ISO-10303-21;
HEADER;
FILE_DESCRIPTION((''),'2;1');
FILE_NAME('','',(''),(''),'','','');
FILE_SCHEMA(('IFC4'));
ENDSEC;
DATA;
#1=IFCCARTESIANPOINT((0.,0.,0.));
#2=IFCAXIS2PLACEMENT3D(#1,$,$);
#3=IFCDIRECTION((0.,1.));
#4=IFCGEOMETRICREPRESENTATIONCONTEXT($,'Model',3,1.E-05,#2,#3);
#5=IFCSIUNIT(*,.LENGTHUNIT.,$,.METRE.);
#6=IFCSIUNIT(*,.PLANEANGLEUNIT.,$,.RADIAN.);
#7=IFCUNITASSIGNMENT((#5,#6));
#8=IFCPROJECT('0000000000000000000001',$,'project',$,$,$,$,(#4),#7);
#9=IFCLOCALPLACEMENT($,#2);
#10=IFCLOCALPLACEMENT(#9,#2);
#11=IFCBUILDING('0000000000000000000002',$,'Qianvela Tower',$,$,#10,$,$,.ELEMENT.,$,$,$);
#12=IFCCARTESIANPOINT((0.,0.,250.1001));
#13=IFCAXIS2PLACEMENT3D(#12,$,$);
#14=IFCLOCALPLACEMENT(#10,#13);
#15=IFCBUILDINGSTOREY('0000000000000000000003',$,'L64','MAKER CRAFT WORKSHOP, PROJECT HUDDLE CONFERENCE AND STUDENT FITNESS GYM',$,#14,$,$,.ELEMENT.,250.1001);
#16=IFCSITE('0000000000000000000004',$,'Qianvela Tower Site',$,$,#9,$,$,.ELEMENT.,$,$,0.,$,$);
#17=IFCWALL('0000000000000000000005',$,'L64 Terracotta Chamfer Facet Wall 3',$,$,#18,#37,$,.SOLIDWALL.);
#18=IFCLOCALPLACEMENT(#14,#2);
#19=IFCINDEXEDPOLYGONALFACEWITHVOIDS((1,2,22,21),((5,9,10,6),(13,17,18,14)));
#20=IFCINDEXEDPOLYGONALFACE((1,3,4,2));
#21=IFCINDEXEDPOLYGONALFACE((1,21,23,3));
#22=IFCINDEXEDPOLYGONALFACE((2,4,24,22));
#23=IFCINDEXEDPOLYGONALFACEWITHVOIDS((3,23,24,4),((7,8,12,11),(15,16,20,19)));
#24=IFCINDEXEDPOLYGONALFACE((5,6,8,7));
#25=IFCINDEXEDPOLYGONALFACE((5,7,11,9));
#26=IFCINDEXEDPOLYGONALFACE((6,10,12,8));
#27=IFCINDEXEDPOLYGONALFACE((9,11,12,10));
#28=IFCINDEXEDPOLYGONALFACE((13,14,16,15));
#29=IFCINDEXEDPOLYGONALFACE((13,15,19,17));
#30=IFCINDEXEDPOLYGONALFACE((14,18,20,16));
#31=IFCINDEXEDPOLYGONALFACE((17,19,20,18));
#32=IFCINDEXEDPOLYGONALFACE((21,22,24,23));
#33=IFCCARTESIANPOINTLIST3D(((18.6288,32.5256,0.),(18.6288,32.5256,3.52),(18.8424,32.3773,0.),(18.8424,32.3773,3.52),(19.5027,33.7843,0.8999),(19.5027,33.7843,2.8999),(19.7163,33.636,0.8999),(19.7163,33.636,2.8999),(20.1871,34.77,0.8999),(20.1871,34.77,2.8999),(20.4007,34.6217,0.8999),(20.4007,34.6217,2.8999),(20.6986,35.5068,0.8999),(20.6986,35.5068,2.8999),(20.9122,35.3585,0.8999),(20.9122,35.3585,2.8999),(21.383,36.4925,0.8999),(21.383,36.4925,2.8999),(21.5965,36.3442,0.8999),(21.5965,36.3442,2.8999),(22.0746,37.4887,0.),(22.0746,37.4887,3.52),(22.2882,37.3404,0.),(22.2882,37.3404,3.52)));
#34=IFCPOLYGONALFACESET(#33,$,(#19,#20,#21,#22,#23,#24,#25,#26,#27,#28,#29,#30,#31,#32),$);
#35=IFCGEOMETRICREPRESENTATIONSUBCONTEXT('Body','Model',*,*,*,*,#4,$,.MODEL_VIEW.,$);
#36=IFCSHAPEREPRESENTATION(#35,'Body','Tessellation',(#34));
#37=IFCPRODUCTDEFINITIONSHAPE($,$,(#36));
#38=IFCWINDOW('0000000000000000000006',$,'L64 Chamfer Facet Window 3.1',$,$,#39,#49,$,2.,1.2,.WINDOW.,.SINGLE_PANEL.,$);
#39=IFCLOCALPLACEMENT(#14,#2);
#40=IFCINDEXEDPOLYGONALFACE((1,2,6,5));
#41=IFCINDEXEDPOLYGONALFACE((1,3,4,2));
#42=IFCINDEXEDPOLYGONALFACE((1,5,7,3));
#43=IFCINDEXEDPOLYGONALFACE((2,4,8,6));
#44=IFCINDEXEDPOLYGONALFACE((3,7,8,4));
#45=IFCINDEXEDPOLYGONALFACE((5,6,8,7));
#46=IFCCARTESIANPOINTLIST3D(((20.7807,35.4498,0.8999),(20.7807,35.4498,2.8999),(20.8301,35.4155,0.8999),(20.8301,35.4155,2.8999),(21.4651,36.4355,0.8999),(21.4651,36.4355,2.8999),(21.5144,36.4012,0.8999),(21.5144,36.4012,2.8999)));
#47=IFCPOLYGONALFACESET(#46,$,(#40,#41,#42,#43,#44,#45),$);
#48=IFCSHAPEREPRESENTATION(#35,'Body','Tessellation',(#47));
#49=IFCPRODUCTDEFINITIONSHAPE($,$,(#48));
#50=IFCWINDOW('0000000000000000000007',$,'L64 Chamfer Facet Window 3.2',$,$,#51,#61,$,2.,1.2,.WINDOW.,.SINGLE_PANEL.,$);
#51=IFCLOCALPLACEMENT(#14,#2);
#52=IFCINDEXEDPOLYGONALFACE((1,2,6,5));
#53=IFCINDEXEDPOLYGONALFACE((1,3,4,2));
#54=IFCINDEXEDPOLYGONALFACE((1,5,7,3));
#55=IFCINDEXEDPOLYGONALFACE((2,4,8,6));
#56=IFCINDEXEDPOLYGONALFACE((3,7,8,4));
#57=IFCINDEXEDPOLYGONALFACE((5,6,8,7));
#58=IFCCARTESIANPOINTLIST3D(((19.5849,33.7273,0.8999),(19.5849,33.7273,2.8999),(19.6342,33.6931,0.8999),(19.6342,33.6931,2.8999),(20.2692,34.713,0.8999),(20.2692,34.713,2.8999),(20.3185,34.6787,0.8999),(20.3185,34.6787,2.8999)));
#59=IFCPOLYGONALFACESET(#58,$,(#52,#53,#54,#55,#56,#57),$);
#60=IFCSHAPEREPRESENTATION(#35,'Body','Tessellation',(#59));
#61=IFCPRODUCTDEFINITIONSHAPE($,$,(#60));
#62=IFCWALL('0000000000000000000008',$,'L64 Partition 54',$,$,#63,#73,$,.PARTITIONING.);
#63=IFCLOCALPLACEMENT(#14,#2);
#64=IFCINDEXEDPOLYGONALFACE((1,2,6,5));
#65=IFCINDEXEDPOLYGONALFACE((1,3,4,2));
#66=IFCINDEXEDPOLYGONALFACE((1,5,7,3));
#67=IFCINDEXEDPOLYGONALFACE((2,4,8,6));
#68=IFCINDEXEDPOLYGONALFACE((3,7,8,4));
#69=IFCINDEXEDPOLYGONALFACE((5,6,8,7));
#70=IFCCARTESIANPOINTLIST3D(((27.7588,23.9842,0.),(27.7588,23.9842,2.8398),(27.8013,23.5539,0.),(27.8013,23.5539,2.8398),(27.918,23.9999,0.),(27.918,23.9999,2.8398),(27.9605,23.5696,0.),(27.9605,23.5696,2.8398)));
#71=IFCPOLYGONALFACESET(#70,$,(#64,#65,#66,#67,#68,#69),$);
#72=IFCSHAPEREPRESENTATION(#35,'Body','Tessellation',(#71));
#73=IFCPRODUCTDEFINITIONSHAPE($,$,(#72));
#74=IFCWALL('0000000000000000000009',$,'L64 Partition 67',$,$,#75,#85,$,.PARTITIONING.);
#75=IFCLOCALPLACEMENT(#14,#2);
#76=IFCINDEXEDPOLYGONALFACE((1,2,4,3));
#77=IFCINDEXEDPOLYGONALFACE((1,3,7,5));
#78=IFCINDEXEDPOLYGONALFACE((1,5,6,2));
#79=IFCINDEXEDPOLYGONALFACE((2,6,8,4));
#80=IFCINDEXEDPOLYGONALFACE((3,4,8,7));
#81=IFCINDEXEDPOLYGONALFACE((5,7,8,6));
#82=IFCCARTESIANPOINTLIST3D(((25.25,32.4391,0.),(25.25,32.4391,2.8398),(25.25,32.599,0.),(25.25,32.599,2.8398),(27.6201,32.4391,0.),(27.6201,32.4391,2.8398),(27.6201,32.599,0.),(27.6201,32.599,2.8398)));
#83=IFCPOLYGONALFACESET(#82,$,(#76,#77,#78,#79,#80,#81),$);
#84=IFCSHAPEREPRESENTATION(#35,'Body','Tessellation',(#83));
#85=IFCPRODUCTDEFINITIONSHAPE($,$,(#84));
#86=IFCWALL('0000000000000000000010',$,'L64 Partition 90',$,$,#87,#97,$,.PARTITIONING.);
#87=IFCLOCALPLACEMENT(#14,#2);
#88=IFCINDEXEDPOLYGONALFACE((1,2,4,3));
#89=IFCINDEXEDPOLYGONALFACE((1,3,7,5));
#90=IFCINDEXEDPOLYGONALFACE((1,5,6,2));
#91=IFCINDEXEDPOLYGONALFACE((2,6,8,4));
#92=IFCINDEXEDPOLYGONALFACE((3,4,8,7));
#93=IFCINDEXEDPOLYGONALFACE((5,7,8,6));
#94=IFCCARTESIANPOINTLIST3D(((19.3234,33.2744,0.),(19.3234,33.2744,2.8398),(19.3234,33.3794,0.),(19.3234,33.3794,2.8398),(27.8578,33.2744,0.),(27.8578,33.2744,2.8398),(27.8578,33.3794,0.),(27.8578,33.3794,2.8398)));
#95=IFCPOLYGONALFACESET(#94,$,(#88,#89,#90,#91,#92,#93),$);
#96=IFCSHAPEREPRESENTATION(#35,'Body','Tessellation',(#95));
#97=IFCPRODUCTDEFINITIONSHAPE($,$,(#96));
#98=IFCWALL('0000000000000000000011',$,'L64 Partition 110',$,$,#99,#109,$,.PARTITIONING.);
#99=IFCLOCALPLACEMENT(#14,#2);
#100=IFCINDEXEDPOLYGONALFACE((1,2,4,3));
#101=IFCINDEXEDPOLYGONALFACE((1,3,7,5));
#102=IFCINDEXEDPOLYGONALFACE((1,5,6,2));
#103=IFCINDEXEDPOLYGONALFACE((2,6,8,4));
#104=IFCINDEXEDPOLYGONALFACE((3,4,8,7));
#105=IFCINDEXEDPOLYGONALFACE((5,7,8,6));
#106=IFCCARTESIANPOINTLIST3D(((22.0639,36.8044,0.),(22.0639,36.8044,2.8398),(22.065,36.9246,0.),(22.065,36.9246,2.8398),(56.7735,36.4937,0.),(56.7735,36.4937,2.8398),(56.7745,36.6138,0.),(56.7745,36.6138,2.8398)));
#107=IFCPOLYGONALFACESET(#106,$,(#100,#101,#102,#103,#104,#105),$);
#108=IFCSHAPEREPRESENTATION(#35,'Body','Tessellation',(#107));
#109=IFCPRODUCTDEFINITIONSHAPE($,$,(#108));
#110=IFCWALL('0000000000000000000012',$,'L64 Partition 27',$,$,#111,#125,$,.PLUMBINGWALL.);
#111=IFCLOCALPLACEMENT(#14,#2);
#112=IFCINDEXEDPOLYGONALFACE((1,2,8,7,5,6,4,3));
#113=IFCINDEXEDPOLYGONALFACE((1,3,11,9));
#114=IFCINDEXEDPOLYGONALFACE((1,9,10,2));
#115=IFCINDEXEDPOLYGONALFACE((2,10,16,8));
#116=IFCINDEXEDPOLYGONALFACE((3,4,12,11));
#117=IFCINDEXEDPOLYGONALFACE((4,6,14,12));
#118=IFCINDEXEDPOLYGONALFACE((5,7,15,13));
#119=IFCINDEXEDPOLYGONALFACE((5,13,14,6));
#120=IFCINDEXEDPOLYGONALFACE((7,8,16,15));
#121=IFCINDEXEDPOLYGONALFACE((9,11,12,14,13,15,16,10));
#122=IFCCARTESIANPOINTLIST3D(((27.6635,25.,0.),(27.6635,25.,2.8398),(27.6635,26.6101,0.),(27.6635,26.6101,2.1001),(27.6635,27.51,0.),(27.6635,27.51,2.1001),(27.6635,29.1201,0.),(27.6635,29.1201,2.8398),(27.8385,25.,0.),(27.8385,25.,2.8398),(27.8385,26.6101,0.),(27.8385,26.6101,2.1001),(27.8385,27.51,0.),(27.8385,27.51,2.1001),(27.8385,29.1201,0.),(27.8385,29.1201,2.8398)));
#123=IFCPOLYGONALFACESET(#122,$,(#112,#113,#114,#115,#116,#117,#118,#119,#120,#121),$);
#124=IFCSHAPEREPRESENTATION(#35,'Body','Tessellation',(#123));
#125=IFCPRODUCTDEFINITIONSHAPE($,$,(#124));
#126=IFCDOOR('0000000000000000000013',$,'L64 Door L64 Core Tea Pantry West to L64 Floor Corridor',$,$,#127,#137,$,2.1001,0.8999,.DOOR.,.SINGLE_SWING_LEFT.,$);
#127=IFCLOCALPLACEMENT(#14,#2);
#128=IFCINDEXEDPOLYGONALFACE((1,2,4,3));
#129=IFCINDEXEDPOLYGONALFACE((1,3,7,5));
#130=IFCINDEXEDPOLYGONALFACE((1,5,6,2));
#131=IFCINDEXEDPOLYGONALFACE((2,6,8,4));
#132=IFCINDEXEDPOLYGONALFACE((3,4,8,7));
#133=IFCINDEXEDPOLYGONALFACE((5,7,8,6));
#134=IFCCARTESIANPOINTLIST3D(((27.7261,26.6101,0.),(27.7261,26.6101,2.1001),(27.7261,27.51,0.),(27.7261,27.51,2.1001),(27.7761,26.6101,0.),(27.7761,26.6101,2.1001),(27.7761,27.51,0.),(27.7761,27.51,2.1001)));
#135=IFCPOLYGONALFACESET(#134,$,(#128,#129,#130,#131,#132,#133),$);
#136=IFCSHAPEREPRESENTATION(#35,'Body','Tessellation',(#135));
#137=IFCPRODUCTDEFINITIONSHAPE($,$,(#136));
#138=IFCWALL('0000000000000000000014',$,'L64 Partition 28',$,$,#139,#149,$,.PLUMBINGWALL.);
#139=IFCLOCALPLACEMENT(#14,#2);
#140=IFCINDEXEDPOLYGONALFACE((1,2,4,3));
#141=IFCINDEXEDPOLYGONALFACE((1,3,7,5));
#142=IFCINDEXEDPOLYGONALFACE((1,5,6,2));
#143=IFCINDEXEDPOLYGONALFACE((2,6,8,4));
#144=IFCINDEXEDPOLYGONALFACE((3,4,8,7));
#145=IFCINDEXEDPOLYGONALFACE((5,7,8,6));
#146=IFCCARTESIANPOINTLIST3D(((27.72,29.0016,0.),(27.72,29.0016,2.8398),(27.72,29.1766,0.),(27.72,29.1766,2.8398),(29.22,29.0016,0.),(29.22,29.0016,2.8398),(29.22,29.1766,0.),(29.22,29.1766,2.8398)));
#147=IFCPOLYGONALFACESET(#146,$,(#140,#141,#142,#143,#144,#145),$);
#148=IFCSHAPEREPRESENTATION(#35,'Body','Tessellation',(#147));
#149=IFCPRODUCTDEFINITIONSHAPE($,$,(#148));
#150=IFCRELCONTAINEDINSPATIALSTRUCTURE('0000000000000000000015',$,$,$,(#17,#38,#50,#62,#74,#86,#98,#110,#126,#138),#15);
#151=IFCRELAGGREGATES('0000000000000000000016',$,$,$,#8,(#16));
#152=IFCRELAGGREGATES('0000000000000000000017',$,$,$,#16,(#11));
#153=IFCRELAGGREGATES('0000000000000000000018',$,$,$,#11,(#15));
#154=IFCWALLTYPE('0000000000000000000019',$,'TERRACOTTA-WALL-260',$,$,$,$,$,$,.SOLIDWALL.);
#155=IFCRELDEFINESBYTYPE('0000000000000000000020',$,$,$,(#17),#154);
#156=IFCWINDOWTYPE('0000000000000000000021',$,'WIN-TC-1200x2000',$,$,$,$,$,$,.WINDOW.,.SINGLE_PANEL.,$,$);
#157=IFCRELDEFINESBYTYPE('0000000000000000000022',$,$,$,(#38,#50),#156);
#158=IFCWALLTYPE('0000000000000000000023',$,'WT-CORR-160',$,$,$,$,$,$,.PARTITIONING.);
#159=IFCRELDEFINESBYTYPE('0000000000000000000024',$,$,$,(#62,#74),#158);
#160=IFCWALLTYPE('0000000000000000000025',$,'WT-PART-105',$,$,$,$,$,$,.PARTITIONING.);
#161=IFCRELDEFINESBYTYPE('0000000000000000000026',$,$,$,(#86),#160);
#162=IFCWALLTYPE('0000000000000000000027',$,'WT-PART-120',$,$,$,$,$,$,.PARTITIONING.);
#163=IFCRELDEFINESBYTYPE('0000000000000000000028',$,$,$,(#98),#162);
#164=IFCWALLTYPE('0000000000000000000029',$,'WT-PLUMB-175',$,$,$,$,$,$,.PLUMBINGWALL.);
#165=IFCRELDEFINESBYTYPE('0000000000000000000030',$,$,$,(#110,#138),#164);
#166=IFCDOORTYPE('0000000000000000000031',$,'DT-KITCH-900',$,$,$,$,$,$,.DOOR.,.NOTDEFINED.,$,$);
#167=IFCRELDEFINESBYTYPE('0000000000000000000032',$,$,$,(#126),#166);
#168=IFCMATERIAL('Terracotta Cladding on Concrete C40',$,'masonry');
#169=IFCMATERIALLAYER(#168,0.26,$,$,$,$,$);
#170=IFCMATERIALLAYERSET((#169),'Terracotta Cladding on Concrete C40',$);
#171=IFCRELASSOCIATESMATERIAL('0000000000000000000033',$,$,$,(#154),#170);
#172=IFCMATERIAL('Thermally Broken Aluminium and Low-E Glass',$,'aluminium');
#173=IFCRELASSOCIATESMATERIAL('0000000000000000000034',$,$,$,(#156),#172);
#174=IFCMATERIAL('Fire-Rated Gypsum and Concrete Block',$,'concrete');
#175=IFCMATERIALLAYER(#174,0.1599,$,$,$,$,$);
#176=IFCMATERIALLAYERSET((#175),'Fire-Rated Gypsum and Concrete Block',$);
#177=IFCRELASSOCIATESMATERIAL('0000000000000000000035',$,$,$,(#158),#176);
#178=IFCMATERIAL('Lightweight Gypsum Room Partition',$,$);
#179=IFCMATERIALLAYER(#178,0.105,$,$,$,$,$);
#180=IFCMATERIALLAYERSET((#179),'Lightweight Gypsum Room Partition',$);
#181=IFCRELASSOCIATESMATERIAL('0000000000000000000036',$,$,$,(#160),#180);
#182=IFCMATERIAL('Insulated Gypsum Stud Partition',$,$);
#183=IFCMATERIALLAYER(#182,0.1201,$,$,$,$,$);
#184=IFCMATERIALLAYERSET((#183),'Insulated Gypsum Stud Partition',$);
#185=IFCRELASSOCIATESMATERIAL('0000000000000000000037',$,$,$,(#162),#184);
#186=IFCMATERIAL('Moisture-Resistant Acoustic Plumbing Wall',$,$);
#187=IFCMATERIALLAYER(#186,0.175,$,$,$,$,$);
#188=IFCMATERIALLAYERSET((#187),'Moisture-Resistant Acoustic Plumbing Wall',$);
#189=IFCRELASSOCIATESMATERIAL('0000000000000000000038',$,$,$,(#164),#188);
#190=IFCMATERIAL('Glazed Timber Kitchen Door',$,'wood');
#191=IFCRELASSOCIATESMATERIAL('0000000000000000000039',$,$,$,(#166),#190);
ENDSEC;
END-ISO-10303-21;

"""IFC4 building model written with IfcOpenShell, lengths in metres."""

from ifc_helpers import new_model, si_unit, direction, frame, frame_2d, origin, place, context, subcontext, project, spatial, rectangle, extrude, material, layer, layer_set, type_object, element, fill, save


model = new_model("IFC4")

# Units and contexts
model_context = context("Model", 3, precision=1e-05, world=origin(), true_north=direction((0.0, 1.0)))
body_context = subcontext(model_context, "Body", "Model", "MODEL_VIEW")
ifc_project = project(units=[si_unit("LENGTHUNIT", "METRE"), si_unit("PLANEANGLEUNIT", "RADIAN")], contexts=[model_context])

# Site, building, storey
site_placement = place(None, origin())
site = spatial("IfcSite", under=ifc_project, at=site_placement, Name="Qianvela Tower Site", CompositionType="ELEMENT", RefElevation=0.0)
building_placement = place(site_placement, origin())
building = spatial("IfcBuilding", under=site, at=building_placement, Name="Qianvela Tower", CompositionType="ELEMENT")
storey_placement = place(building_placement, frame((0.0, 0.0, 250.1001)))
storey = spatial("IfcBuildingStorey", under=building, at=storey_placement, Name="L64", Description="MAKER CRAFT WORKSHOP, PROJECT HUDDLE CONFERENCE AND STUDENT FITNESS GYM", CompositionType="ELEMENT", Elevation=250.1001)

# Wall, openings, windows
ifc_material_1 = material(Name="Terracotta Cladding on Concrete C40", Category="masonry")
ifc_layer_1 = layer(ifc_material_1, 0.26)
ifc_layer_set_1 = layer_set([ifc_layer_1], Name="Terracotta Cladding on Concrete C40")
wall_type_1 = type_object("IfcWallType", Name="TERRACOTTA-WALL-260", PredefinedType="SOLIDWALL", material=ifc_layer_set_1)
wall_1_placement = place(storey_placement, frame((22.1814, 37.4146, 0.0), z_axis=(0.0, 0.0, 1.0), x_axis=(-0.570304, -0.821434, 0.0)))
wall_1 = element("IfcWall", 1, at=wall_1_placement, inside=storey, type_object=wall_type_1, Name="L64 Terracotta Chamfer Facet Wall 3", PredefinedType="SOLIDWALL", context=body_context, shape_type="SweptSolid", body=[
    extrude(rectangle(XDim=6.042, YDim=0.26, at=frame_2d((3.021, 0.0))), origin(), (0.0, 0.0, 1.0), 3.52),
])
opening_1_placement = place(wall_1_placement, frame((1.2126, 0.0, 0.8999)))
opening_1 = element("IfcOpeningElement", 2, at=opening_1_placement, cuts=wall_1, PredefinedType="OPENING", context=body_context, shape_type="SweptSolid", body=[
    extrude(rectangle(XDim=1.2, YDim=2.0, at=frame_2d((0.6001, 1.0))), frame((0.0, 0.1399, 0.0), z_axis=(0.0, -1.0, 0.0), x_axis=(1.0, 0.0, 0.0)), (0.0, 0.0, 1.0), 0.28),
])
opening_2_placement = place(wall_1_placement, frame((3.3096, 0.0, 0.8999)))
opening_2 = element("IfcOpeningElement", 3, at=opening_2_placement, cuts=wall_1, PredefinedType="OPENING", context=body_context, shape_type="SweptSolid", body=[
    extrude(rectangle(XDim=1.2, YDim=2.0, at=frame_2d((0.6001, 1.0))), frame((0.0, 0.1399, 0.0), z_axis=(0.0, -1.0, 0.0), x_axis=(1.0, 0.0, 0.0)), (0.0, 0.0, 1.0), 0.28),
])
ifc_material_2 = material(Name="Thermally Broken Aluminium and Low-E Glass", Category="aluminium")
window_type = type_object("IfcWindowType", Name="WIN-TC-1200x2000", PartitioningType="SINGLE_PANEL", PredefinedType="WINDOW", material=ifc_material_2)
window_1_placement = place(opening_1_placement, origin())
window_1 = element("IfcWindow", 4, at=window_1_placement, inside=storey, type_object=window_type, Name="L64 Chamfer Facet Window 3.1", OverallHeight=2.0, OverallWidth=1.2, PartitioningType="SINGLE_PANEL", PredefinedType="WINDOW", context=body_context, shape_type="SweptSolid", body=[
    extrude(rectangle(XDim=1.2, YDim=2.0, at=frame_2d((0.6001, 1.0))), frame((0.0, 0.03, 0.0), z_axis=(0.0, -1.0, 0.0), x_axis=(1.0, 0.0, 0.0)), (0.0, 0.0, 1.0), 0.0601),
])
fill(opening_1, window_1)
window_2_placement = place(opening_2_placement, origin())
window_2 = element("IfcWindow", 5, at=window_2_placement, inside=storey, type_object=window_type, Name="L64 Chamfer Facet Window 3.2", OverallHeight=2.0, OverallWidth=1.2, PartitioningType="SINGLE_PANEL", PredefinedType="WINDOW", context=body_context, shape_type="SweptSolid", body=[
    extrude(rectangle(XDim=1.2, YDim=2.0, at=frame_2d((0.6001, 1.0))), frame((0.0, 0.03, 0.0), z_axis=(0.0, -1.0, 0.0), x_axis=(1.0, 0.0, 0.0)), (0.0, 0.0, 1.0), 0.0601),
])
fill(opening_2, window_2)

# Walls
ifc_material_3 = material(Name="Fire-Rated Gypsum and Concrete Block", Category="concrete")
ifc_layer_2 = layer(ifc_material_3, 0.1599)
ifc_layer_set_2 = layer_set([ifc_layer_2], Name="Fire-Rated Gypsum and Concrete Block")
wall_type_2 = type_object("IfcWallType", Name="WT-CORR-160", PredefinedType="PARTITIONING", material=ifc_layer_set_2)
wall_2_placement = place(storey_placement, frame((27.8384, 23.9922, 0.0), z_axis=(0.0, 0.0, 1.0), x_axis=(0.098273, -0.995159, 0.0)))
element("IfcWall", 6, at=wall_2_placement, inside=storey, type_object=wall_type_2, Name="L64 Partition 54", PredefinedType="PARTITIONING", context=body_context, shape_type="SweptSolid", body=[
    extrude(rectangle(XDim=0.4324, YDim=0.1599, at=frame_2d((0.2163, 0.0))), origin(), (0.0, 0.0, 1.0), 2.8398),
])
wall_3_placement = place(storey_placement, frame((25.25, 32.519, 0.0), z_axis=(0.0, 0.0, 1.0), x_axis=(1.0, 0.0, 0.0)))
element("IfcWall", 7, at=wall_3_placement, inside=storey, type_object=wall_type_2, Name="L64 Partition 67", PredefinedType="PARTITIONING", context=body_context, shape_type="SweptSolid", body=[
    extrude(rectangle(XDim=2.3701, YDim=0.1599, at=frame_2d((1.1851, 0.0))), origin(), (0.0, 0.0, 1.0), 2.8398),
])
ifc_material_4 = material(Name="Lightweight Gypsum Room Partition")
ifc_layer_3 = layer(ifc_material_4, 0.105)
ifc_layer_set_3 = layer_set([ifc_layer_3], Name="Lightweight Gypsum Room Partition")
wall_type_3 = type_object("IfcWallType", Name="WT-PART-105", PredefinedType="PARTITIONING", material=ifc_layer_set_3)
wall_4_placement = place(storey_placement, frame((19.3235, 33.3269, 0.0), z_axis=(0.0, 0.0, 1.0), x_axis=(1.0, 0.0, 0.0)))
element("IfcWall", 8, at=wall_4_placement, inside=storey, type_object=wall_type_3, Name="L64 Partition 90", PredefinedType="PARTITIONING", context=body_context, shape_type="SweptSolid", body=[
    extrude(rectangle(XDim=8.5344, YDim=0.105, at=frame_2d((4.2671, 0.0))), origin(), (0.0, 0.0, 1.0), 2.8398),
])
ifc_material_5 = material(Name="Insulated Gypsum Stud Partition")
ifc_layer_4 = layer(ifc_material_5, 0.1201)
ifc_layer_set_4 = layer_set([ifc_layer_4], Name="Insulated Gypsum Stud Partition")
wall_type_4 = type_object("IfcWallType", Name="WT-PART-120", PredefinedType="PARTITIONING", material=ifc_layer_set_4)
wall_5_placement = place(storey_placement, frame((22.0645, 36.8645, 0.0), z_axis=(0.0, 0.0, 1.0), x_axis=(0.99996, -0.008954, 0.0)))
element("IfcWall", 9, at=wall_5_placement, inside=storey, type_object=wall_type_4, Name="L64 Partition 110", PredefinedType="PARTITIONING", context=body_context, shape_type="SweptSolid", body=[
    extrude(rectangle(XDim=34.7109, YDim=0.1201, at=frame_2d((17.3555, 0.0))), origin(), (0.0, 0.0, 1.0), 2.8398),
])

# Wall, opening, door
ifc_material_6 = material(Name="Moisture-Resistant Acoustic Plumbing Wall")
ifc_layer_5 = layer(ifc_material_6, 0.175)
ifc_layer_set_5 = layer_set([ifc_layer_5], Name="Moisture-Resistant Acoustic Plumbing Wall")
wall_type_5 = type_object("IfcWallType", Name="WT-PLUMB-175", PredefinedType="PLUMBINGWALL", material=ifc_layer_set_5)
wall_6_placement = place(storey_placement, frame((27.751, 25.0, 0.0), z_axis=(0.0, 0.0, 1.0), x_axis=(0.0, 1.0, 0.0)))
wall_6 = element("IfcWall", 10, at=wall_6_placement, inside=storey, type_object=wall_type_5, Name="L64 Partition 27", PredefinedType="PLUMBINGWALL", context=body_context, shape_type="SweptSolid", body=[
    extrude(rectangle(XDim=4.1201, YDim=0.175, at=frame_2d((2.0601, 0.0))), origin(), (0.0, 0.0, 1.0), 2.8398),
])
opening_3_placement = place(wall_6_placement, frame((1.6101, 0.0, 0.0)))
opening_3 = element("IfcOpeningElement", 11, at=opening_3_placement, cuts=wall_6, PredefinedType="OPENING", context=body_context, shape_type="SweptSolid", body=[
    extrude(rectangle(XDim=0.8999, YDim=2.1001, at=frame_2d((0.45, 1.05))), frame((0.0, 0.0974, 0.0), z_axis=(0.0, -1.0, 0.0), x_axis=(1.0, 0.0, 0.0)), (0.0, 0.0, 1.0), 0.1951),
])
ifc_material_7 = material(Name="Glazed Timber Kitchen Door", Category="wood")
door_type_1 = type_object("IfcDoorType", Name="DT-KITCH-900", OperationType="NOTDEFINED", PredefinedType="DOOR", material=ifc_material_7)
door_1_placement = place(opening_3_placement, origin())
door_1 = element("IfcDoor", 12, at=door_1_placement, inside=storey, type_object=door_type_1, Name="L64 Door L64 Core Tea Pantry West to L64 Floor Corridor", OperationType="SINGLE_SWING_LEFT", OverallHeight=2.1001, OverallWidth=0.8999, PredefinedType="DOOR", context=body_context, shape_type="SweptSolid", body=[
    extrude(rectangle(XDim=0.8999, YDim=2.1001, at=frame_2d((0.45, 1.05))), frame((0.0, 0.0249, 0.0), z_axis=(0.0, -1.0, 0.0), x_axis=(1.0, 0.0, 0.0)), (0.0, 0.0, 1.0), 0.05),
])
fill(opening_3, door_1)

# Wall
wall_7_placement = place(storey_placement, frame((27.72, 29.0891, 0.0), z_axis=(0.0, 0.0, 1.0), x_axis=(1.0, 0.0, 0.0)))
element("IfcWall", 13, at=wall_7_placement, inside=storey, type_object=wall_type_5, Name="L64 Partition 28", PredefinedType="PLUMBINGWALL", context=body_context, shape_type="SweptSolid", body=[
    extrude(rectangle(XDim=1.5, YDim=0.175, at=frame_2d((0.75, 0.0))), origin(), (0.0, 0.0, 1.0), 2.8398),
])

save(model, "model.ifc")
